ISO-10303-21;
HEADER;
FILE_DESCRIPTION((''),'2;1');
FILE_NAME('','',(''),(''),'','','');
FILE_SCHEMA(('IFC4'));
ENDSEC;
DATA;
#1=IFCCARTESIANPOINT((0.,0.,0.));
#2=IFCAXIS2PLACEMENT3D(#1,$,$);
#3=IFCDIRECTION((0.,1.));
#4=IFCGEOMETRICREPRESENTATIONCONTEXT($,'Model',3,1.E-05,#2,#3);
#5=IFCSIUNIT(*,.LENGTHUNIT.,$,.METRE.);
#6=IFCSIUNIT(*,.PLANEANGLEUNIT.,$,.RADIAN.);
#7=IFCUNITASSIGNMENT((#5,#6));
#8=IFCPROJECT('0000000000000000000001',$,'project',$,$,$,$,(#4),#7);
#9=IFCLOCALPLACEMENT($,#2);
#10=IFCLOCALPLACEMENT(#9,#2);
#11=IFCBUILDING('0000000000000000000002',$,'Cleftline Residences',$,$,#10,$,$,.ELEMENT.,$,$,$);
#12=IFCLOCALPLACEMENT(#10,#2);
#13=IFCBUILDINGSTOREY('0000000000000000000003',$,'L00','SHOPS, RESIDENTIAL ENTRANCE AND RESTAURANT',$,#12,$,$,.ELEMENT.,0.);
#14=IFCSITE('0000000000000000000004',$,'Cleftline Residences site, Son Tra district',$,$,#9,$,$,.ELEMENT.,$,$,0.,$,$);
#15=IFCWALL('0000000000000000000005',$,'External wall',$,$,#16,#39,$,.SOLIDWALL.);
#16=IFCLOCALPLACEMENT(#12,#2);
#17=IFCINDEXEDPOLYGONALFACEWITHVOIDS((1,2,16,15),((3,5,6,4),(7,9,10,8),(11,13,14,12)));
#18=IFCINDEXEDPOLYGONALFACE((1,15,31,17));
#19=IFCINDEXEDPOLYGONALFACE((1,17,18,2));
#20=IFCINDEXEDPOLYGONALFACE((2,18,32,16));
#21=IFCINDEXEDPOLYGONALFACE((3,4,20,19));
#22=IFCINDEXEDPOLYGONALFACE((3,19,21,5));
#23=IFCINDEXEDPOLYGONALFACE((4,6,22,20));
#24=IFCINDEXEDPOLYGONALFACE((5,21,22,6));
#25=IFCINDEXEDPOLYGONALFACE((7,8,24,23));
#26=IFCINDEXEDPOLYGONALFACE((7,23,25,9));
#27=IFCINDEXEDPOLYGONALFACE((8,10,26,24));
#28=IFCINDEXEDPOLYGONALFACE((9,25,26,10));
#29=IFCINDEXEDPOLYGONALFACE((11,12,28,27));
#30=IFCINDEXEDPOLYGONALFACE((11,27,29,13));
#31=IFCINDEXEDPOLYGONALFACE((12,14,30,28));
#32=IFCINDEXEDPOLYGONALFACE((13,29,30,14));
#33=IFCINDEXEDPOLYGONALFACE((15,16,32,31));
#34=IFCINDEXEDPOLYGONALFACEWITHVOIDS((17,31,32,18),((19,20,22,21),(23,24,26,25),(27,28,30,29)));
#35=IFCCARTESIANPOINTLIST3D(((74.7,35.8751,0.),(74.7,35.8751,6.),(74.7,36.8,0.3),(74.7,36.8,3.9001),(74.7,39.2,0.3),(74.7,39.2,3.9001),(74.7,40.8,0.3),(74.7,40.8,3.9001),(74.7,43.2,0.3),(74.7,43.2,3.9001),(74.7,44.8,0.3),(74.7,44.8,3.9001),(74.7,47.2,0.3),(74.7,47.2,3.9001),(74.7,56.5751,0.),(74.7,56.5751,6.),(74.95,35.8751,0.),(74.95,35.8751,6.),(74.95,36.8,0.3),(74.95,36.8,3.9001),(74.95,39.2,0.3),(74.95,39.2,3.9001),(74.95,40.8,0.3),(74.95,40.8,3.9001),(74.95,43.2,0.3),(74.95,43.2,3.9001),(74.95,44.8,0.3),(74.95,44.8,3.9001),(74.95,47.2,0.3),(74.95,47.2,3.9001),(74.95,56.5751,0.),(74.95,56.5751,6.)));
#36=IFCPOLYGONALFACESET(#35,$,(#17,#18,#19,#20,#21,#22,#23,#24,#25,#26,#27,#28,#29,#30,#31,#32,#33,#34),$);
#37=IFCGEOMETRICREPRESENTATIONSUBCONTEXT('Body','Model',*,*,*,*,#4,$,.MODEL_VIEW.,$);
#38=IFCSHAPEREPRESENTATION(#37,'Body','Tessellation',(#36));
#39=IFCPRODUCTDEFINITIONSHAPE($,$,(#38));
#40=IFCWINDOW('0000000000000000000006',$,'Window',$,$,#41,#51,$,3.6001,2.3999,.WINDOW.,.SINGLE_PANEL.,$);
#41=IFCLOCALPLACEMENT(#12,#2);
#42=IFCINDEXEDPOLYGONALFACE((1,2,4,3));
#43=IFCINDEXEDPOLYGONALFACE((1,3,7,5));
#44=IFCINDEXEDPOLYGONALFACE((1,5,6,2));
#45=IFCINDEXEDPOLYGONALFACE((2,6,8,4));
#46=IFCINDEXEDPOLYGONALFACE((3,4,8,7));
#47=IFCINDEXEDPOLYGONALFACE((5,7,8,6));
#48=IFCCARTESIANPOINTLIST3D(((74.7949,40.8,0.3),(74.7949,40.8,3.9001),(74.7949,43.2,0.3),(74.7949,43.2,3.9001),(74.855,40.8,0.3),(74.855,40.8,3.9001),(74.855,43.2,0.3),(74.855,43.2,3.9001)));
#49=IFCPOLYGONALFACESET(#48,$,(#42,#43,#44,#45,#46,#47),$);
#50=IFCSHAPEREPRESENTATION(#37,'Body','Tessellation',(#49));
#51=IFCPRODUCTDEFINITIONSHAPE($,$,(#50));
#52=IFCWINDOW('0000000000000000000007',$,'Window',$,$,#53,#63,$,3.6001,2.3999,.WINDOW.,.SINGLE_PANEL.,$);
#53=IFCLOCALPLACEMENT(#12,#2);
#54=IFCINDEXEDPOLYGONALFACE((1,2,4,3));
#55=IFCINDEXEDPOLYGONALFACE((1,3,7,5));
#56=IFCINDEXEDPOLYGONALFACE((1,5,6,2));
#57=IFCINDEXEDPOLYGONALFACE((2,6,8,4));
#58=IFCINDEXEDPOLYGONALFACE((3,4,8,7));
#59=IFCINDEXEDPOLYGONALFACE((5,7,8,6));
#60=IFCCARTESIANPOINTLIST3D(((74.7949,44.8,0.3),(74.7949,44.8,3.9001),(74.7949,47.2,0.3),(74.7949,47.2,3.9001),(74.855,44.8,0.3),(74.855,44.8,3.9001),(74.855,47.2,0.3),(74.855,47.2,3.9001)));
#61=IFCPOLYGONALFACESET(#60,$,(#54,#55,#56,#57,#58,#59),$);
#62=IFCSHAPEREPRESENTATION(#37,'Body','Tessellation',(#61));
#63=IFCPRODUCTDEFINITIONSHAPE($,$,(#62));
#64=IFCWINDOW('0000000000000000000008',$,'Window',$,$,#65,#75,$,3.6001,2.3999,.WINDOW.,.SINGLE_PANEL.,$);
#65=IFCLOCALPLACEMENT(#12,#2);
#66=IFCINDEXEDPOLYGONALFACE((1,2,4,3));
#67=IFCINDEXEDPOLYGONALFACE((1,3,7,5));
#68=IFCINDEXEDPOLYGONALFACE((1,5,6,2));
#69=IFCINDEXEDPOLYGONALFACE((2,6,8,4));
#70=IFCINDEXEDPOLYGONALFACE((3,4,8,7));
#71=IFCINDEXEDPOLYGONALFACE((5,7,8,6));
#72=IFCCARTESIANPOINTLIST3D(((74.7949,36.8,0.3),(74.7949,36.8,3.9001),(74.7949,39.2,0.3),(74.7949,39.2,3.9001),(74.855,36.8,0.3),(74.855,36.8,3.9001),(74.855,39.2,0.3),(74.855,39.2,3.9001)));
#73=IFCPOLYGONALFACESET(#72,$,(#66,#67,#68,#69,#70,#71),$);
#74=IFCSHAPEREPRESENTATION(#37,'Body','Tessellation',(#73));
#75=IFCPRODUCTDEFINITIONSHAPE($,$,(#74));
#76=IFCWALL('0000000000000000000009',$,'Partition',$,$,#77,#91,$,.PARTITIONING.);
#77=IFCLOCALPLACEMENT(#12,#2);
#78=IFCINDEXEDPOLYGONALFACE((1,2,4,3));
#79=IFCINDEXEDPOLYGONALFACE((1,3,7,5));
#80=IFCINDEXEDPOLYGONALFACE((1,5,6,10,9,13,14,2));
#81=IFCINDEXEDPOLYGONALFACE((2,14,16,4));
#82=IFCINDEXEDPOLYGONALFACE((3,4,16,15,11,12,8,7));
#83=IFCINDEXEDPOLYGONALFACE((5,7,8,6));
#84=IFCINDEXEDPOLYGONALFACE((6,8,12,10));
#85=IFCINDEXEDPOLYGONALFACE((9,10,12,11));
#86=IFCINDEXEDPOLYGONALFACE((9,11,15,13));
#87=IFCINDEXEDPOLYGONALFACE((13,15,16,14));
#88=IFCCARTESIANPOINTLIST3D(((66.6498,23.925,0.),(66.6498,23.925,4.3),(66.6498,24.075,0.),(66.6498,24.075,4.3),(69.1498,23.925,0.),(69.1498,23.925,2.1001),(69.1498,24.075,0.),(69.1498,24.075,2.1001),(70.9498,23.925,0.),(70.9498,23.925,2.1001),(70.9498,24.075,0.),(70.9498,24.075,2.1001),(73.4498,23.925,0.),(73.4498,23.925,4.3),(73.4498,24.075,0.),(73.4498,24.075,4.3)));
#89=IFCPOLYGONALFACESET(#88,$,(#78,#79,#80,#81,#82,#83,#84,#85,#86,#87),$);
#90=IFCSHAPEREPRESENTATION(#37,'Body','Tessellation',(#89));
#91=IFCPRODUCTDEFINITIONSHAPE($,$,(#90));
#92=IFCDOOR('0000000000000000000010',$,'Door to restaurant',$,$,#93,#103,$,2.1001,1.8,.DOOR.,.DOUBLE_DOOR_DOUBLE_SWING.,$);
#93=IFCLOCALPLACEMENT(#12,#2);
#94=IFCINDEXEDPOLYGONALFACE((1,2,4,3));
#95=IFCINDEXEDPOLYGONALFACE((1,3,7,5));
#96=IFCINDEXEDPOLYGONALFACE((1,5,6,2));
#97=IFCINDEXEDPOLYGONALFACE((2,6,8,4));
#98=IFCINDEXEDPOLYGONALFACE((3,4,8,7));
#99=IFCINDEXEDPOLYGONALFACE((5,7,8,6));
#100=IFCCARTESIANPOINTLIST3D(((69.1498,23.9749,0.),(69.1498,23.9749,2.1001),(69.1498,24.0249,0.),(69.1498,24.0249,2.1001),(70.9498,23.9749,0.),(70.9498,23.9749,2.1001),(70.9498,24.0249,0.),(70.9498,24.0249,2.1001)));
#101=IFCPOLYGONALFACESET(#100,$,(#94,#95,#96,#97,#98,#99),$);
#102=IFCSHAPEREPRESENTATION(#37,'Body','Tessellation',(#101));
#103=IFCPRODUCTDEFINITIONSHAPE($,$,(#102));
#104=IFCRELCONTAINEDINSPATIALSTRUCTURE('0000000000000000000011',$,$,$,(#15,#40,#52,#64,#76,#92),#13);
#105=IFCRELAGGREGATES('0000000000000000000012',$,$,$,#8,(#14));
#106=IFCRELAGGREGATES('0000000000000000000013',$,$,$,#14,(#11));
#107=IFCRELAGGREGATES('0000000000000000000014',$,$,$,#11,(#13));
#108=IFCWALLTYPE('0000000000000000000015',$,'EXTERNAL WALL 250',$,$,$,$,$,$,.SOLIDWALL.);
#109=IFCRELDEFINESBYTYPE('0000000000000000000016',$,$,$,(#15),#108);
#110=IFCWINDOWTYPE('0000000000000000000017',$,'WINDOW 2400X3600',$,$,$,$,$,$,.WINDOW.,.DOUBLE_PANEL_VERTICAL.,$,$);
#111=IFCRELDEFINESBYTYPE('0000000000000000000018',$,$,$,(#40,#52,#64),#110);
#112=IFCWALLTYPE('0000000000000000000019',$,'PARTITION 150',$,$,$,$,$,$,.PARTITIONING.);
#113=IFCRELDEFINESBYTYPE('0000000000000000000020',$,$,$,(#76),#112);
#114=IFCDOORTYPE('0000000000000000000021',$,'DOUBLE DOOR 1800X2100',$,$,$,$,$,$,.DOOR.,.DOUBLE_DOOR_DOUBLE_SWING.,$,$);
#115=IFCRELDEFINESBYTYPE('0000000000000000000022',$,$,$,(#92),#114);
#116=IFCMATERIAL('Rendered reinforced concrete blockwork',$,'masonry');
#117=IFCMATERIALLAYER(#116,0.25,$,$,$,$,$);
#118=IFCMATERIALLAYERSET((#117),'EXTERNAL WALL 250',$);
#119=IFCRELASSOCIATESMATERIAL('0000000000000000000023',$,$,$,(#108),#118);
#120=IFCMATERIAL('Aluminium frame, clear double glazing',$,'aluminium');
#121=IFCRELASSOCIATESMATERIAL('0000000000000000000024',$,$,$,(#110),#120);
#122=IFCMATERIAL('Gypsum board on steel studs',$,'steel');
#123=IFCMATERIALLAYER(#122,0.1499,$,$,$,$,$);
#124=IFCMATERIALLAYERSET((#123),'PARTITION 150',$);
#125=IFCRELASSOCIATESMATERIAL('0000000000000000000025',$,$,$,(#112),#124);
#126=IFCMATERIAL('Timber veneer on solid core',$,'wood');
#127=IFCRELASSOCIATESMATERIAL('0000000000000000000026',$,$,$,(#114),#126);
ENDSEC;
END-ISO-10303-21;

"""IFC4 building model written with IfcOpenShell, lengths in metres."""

from ifc_helpers import new_model, si_unit, direction, frame, frame_2d, origin, place, context, subcontext, project, spatial, rectangle, extrude, material, layer, layer_set, type_object, element, fill, save


model = new_model("IFC4")

# Units and contexts
model_context = context("Model", 3, precision=1e-05, world=origin(), true_north=direction((0.0, 1.0)))
body_context = subcontext(model_context, "Body", "Model", "MODEL_VIEW")
ifc_project = project(units=[si_unit("LENGTHUNIT", "METRE"), si_unit("PLANEANGLEUNIT", "RADIAN")], contexts=[model_context])

# Site, building, storey
site_placement = place(None, origin())
site = spatial("IfcSite", under=ifc_project, at=site_placement, Name="Cleftline Residences site, Son Tra district", CompositionType="ELEMENT", RefElevation=0.0)
building_placement = place(site_placement, origin())
building = spatial("IfcBuilding", under=site, at=building_placement, Name="Cleftline Residences", CompositionType="ELEMENT")
storey_placement = place(building_placement, origin())
storey = spatial("IfcBuildingStorey", under=building, at=storey_placement, Name="L00", Description="SHOPS, RESIDENTIAL ENTRANCE AND RESTAURANT", CompositionType="ELEMENT", Elevation=0.0)

# Shared definitions
ifc_material_1 = material(Name="Rendered reinforced concrete blockwork", Category="masonry")
ifc_layer_1 = layer(ifc_material_1, 0.25)
ifc_layer_set_1 = layer_set([ifc_layer_1], Name="EXTERNAL WALL 250")
wall_type_1 = type_object("IfcWallType", Name="EXTERNAL WALL 250", PredefinedType="SOLIDWALL", material=ifc_layer_set_1)

# Wall, openings, windows
wall_1_placement = place(storey_placement, frame((74.825, 35.875, 0.0), z_axis=(0.0, 0.0, 1.0), x_axis=(0.0, 1.0, 0.0)))
wall_1 = element("IfcWall", 1, at=wall_1_placement, inside=storey, type_object=wall_type_1, Name="External wall", PredefinedType="SOLIDWALL", context=body_context, shape_type="SweptSolid", body=[
    extrude(rectangle(XDim=20.7, YDim=0.25, at=frame_2d((10.3501, 0.0))), origin(), (0.0, 0.0, 1.0), 6.0),
])
opening_1_placement = place(wall_1_placement, frame((4.925, 0.0, 0.3)))
opening_1 = element("IfcOpeningElement", 2, at=opening_1_placement, cuts=wall_1, PredefinedType="OPENING", context=body_context, shape_type="SweptSolid", body=[
    extrude(rectangle(XDim=2.3999, YDim=3.6001, at=frame_2d((1.2, 1.8))), frame((0.0, 0.135, 0.0), z_axis=(0.0, -1.0, 0.0), x_axis=(1.0, 0.0, 0.0)), (0.0, 0.0, 1.0), 0.27),
])
opening_2_placement = place(wall_1_placement, frame((8.925, 0.0, 0.3)))
opening_2 = element("IfcOpeningElement", 3, at=opening_2_placement, cuts=wall_1, PredefinedType="OPENING", context=body_context, shape_type="SweptSolid", body=[
    extrude(rectangle(XDim=2.3999, YDim=3.6001, at=frame_2d((1.2, 1.8))), frame((0.0, 0.135, 0.0), z_axis=(0.0, -1.0, 0.0), x_axis=(1.0, 0.0, 0.0)), (0.0, 0.0, 1.0), 0.27),
])
opening_3_placement = place(wall_1_placement, frame((0.925, 0.0, 0.3)))
opening_3 = element("IfcOpeningElement", 4, at=opening_3_placement, cuts=wall_1, PredefinedType="OPENING", context=body_context, shape_type="SweptSolid", body=[
    extrude(rectangle(XDim=2.3999, YDim=3.6001, at=frame_2d((1.2, 1.8))), frame((0.0, 0.135, 0.0), z_axis=(0.0, -1.0, 0.0), x_axis=(1.0, 0.0, 0.0)), (0.0, 0.0, 1.0), 0.27),
])
ifc_material_2 = material(Name="Aluminium frame, clear double glazing", Category="aluminium")
window_type = type_object("IfcWindowType", Name="WINDOW 2400X3600", PartitioningType="DOUBLE_PANEL_VERTICAL", PredefinedType="WINDOW", material=ifc_material_2)
window_1_placement = place(opening_1_placement, origin())
window_1 = element("IfcWindow", 5, at=window_1_placement, inside=storey, type_object=window_type, Name="Window", OverallHeight=3.6001, OverallWidth=2.3999, PartitioningType="SINGLE_PANEL", PredefinedType="WINDOW", context=body_context, shape_type="SweptSolid", body=[
    extrude(rectangle(XDim=2.3999, YDim=3.6001, at=frame_2d((1.2, 1.8))), frame((0.0, 0.03, 0.0), z_axis=(0.0, -1.0, 0.0), x_axis=(1.0, 0.0, 0.0)), (0.0, 0.0, 1.0), 0.0601),
])
fill(opening_1, window_1)
window_2_placement = place(opening_2_placement, origin())
window_2 = element("IfcWindow", 6, at=window_2_placement, inside=storey, type_object=window_type, Name="Window", OverallHeight=3.6001, OverallWidth=2.3999, PartitioningType="SINGLE_PANEL", PredefinedType="WINDOW", context=body_context, shape_type="SweptSolid", body=[
    extrude(rectangle(XDim=2.3999, YDim=3.6001, at=frame_2d((1.2, 1.8))), frame((0.0, 0.03, 0.0), z_axis=(0.0, -1.0, 0.0), x_axis=(1.0, 0.0, 0.0)), (0.0, 0.0, 1.0), 0.0601),
])
fill(opening_2, window_2)
window_3_placement = place(opening_3_placement, origin())
window_3 = element("IfcWindow", 7, at=window_3_placement, inside=storey, type_object=window_type, Name="Window", OverallHeight=3.6001, OverallWidth=2.3999, PartitioningType="SINGLE_PANEL", PredefinedType="WINDOW", context=body_context, shape_type="SweptSolid", body=[
    extrude(rectangle(XDim=2.3999, YDim=3.6001, at=frame_2d((1.2, 1.8))), frame((0.0, 0.03, 0.0), z_axis=(0.0, -1.0, 0.0), x_axis=(1.0, 0.0, 0.0)), (0.0, 0.0, 1.0), 0.0601),
])
fill(opening_3, window_3)

# Wall, opening, door
ifc_material_3 = material(Name="Gypsum board on steel studs", Category="steel")
ifc_layer_2 = layer(ifc_material_3, 0.1499)
ifc_layer_set_2 = layer_set([ifc_layer_2], Name="PARTITION 150")
wall_type_2 = type_object("IfcWallType", Name="PARTITION 150", PredefinedType="PARTITIONING", material=ifc_layer_set_2)
wall_2_placement = place(storey_placement, frame((66.6499, 24.0, 0.0), z_axis=(0.0, 0.0, 1.0), x_axis=(1.0, 0.0, 0.0)))
wall_2 = element("IfcWall", 8, at=wall_2_placement, inside=storey, type_object=wall_type_2, Name="Partition", PredefinedType="PARTITIONING", context=body_context, shape_type="SweptSolid", body=[
    extrude(rectangle(XDim=6.8, YDim=0.1499, at=frame_2d((3.3999, 0.0))), origin(), (0.0, 0.0, 1.0), 4.3),
])
opening_4_placement = place(wall_2_placement, frame((2.5, 0.0, 0.0)))
opening_4 = element("IfcOpeningElement", 9, at=opening_4_placement, cuts=wall_2, PredefinedType="OPENING", context=body_context, shape_type="SweptSolid", body=[
    extrude(rectangle(XDim=1.8, YDim=2.1001, at=frame_2d((0.8999, 1.05))), frame((0.0, 0.085, 0.0), z_axis=(0.0, -1.0, 0.0), x_axis=(1.0, 0.0, 0.0)), (0.0, 0.0, 1.0), 0.1699),
])
ifc_material_4 = material(Name="Timber veneer on solid core", Category="wood")
door_type = type_object("IfcDoorType", Name="DOUBLE DOOR 1800X2100", OperationType="DOUBLE_DOOR_DOUBLE_SWING", PredefinedType="DOOR", material=ifc_material_4)
door_placement = place(opening_4_placement, origin())
door = element("IfcDoor", 10, at=door_placement, inside=storey, type_object=door_type, Name="Door to restaurant", OperationType="DOUBLE_DOOR_DOUBLE_SWING", OverallHeight=2.1001, OverallWidth=1.8, PredefinedType="DOOR", context=body_context, shape_type="SweptSolid", body=[
    extrude(rectangle(XDim=1.8, YDim=2.1001, at=frame_2d((0.8999, 1.05))), frame((0.0, 0.0249, 0.0), z_axis=(0.0, -1.0, 0.0), x_axis=(1.0, 0.0, 0.0)), (0.0, 0.0, 1.0), 0.05),
])
fill(opening_4, door)

save(model, "model.ifc")
